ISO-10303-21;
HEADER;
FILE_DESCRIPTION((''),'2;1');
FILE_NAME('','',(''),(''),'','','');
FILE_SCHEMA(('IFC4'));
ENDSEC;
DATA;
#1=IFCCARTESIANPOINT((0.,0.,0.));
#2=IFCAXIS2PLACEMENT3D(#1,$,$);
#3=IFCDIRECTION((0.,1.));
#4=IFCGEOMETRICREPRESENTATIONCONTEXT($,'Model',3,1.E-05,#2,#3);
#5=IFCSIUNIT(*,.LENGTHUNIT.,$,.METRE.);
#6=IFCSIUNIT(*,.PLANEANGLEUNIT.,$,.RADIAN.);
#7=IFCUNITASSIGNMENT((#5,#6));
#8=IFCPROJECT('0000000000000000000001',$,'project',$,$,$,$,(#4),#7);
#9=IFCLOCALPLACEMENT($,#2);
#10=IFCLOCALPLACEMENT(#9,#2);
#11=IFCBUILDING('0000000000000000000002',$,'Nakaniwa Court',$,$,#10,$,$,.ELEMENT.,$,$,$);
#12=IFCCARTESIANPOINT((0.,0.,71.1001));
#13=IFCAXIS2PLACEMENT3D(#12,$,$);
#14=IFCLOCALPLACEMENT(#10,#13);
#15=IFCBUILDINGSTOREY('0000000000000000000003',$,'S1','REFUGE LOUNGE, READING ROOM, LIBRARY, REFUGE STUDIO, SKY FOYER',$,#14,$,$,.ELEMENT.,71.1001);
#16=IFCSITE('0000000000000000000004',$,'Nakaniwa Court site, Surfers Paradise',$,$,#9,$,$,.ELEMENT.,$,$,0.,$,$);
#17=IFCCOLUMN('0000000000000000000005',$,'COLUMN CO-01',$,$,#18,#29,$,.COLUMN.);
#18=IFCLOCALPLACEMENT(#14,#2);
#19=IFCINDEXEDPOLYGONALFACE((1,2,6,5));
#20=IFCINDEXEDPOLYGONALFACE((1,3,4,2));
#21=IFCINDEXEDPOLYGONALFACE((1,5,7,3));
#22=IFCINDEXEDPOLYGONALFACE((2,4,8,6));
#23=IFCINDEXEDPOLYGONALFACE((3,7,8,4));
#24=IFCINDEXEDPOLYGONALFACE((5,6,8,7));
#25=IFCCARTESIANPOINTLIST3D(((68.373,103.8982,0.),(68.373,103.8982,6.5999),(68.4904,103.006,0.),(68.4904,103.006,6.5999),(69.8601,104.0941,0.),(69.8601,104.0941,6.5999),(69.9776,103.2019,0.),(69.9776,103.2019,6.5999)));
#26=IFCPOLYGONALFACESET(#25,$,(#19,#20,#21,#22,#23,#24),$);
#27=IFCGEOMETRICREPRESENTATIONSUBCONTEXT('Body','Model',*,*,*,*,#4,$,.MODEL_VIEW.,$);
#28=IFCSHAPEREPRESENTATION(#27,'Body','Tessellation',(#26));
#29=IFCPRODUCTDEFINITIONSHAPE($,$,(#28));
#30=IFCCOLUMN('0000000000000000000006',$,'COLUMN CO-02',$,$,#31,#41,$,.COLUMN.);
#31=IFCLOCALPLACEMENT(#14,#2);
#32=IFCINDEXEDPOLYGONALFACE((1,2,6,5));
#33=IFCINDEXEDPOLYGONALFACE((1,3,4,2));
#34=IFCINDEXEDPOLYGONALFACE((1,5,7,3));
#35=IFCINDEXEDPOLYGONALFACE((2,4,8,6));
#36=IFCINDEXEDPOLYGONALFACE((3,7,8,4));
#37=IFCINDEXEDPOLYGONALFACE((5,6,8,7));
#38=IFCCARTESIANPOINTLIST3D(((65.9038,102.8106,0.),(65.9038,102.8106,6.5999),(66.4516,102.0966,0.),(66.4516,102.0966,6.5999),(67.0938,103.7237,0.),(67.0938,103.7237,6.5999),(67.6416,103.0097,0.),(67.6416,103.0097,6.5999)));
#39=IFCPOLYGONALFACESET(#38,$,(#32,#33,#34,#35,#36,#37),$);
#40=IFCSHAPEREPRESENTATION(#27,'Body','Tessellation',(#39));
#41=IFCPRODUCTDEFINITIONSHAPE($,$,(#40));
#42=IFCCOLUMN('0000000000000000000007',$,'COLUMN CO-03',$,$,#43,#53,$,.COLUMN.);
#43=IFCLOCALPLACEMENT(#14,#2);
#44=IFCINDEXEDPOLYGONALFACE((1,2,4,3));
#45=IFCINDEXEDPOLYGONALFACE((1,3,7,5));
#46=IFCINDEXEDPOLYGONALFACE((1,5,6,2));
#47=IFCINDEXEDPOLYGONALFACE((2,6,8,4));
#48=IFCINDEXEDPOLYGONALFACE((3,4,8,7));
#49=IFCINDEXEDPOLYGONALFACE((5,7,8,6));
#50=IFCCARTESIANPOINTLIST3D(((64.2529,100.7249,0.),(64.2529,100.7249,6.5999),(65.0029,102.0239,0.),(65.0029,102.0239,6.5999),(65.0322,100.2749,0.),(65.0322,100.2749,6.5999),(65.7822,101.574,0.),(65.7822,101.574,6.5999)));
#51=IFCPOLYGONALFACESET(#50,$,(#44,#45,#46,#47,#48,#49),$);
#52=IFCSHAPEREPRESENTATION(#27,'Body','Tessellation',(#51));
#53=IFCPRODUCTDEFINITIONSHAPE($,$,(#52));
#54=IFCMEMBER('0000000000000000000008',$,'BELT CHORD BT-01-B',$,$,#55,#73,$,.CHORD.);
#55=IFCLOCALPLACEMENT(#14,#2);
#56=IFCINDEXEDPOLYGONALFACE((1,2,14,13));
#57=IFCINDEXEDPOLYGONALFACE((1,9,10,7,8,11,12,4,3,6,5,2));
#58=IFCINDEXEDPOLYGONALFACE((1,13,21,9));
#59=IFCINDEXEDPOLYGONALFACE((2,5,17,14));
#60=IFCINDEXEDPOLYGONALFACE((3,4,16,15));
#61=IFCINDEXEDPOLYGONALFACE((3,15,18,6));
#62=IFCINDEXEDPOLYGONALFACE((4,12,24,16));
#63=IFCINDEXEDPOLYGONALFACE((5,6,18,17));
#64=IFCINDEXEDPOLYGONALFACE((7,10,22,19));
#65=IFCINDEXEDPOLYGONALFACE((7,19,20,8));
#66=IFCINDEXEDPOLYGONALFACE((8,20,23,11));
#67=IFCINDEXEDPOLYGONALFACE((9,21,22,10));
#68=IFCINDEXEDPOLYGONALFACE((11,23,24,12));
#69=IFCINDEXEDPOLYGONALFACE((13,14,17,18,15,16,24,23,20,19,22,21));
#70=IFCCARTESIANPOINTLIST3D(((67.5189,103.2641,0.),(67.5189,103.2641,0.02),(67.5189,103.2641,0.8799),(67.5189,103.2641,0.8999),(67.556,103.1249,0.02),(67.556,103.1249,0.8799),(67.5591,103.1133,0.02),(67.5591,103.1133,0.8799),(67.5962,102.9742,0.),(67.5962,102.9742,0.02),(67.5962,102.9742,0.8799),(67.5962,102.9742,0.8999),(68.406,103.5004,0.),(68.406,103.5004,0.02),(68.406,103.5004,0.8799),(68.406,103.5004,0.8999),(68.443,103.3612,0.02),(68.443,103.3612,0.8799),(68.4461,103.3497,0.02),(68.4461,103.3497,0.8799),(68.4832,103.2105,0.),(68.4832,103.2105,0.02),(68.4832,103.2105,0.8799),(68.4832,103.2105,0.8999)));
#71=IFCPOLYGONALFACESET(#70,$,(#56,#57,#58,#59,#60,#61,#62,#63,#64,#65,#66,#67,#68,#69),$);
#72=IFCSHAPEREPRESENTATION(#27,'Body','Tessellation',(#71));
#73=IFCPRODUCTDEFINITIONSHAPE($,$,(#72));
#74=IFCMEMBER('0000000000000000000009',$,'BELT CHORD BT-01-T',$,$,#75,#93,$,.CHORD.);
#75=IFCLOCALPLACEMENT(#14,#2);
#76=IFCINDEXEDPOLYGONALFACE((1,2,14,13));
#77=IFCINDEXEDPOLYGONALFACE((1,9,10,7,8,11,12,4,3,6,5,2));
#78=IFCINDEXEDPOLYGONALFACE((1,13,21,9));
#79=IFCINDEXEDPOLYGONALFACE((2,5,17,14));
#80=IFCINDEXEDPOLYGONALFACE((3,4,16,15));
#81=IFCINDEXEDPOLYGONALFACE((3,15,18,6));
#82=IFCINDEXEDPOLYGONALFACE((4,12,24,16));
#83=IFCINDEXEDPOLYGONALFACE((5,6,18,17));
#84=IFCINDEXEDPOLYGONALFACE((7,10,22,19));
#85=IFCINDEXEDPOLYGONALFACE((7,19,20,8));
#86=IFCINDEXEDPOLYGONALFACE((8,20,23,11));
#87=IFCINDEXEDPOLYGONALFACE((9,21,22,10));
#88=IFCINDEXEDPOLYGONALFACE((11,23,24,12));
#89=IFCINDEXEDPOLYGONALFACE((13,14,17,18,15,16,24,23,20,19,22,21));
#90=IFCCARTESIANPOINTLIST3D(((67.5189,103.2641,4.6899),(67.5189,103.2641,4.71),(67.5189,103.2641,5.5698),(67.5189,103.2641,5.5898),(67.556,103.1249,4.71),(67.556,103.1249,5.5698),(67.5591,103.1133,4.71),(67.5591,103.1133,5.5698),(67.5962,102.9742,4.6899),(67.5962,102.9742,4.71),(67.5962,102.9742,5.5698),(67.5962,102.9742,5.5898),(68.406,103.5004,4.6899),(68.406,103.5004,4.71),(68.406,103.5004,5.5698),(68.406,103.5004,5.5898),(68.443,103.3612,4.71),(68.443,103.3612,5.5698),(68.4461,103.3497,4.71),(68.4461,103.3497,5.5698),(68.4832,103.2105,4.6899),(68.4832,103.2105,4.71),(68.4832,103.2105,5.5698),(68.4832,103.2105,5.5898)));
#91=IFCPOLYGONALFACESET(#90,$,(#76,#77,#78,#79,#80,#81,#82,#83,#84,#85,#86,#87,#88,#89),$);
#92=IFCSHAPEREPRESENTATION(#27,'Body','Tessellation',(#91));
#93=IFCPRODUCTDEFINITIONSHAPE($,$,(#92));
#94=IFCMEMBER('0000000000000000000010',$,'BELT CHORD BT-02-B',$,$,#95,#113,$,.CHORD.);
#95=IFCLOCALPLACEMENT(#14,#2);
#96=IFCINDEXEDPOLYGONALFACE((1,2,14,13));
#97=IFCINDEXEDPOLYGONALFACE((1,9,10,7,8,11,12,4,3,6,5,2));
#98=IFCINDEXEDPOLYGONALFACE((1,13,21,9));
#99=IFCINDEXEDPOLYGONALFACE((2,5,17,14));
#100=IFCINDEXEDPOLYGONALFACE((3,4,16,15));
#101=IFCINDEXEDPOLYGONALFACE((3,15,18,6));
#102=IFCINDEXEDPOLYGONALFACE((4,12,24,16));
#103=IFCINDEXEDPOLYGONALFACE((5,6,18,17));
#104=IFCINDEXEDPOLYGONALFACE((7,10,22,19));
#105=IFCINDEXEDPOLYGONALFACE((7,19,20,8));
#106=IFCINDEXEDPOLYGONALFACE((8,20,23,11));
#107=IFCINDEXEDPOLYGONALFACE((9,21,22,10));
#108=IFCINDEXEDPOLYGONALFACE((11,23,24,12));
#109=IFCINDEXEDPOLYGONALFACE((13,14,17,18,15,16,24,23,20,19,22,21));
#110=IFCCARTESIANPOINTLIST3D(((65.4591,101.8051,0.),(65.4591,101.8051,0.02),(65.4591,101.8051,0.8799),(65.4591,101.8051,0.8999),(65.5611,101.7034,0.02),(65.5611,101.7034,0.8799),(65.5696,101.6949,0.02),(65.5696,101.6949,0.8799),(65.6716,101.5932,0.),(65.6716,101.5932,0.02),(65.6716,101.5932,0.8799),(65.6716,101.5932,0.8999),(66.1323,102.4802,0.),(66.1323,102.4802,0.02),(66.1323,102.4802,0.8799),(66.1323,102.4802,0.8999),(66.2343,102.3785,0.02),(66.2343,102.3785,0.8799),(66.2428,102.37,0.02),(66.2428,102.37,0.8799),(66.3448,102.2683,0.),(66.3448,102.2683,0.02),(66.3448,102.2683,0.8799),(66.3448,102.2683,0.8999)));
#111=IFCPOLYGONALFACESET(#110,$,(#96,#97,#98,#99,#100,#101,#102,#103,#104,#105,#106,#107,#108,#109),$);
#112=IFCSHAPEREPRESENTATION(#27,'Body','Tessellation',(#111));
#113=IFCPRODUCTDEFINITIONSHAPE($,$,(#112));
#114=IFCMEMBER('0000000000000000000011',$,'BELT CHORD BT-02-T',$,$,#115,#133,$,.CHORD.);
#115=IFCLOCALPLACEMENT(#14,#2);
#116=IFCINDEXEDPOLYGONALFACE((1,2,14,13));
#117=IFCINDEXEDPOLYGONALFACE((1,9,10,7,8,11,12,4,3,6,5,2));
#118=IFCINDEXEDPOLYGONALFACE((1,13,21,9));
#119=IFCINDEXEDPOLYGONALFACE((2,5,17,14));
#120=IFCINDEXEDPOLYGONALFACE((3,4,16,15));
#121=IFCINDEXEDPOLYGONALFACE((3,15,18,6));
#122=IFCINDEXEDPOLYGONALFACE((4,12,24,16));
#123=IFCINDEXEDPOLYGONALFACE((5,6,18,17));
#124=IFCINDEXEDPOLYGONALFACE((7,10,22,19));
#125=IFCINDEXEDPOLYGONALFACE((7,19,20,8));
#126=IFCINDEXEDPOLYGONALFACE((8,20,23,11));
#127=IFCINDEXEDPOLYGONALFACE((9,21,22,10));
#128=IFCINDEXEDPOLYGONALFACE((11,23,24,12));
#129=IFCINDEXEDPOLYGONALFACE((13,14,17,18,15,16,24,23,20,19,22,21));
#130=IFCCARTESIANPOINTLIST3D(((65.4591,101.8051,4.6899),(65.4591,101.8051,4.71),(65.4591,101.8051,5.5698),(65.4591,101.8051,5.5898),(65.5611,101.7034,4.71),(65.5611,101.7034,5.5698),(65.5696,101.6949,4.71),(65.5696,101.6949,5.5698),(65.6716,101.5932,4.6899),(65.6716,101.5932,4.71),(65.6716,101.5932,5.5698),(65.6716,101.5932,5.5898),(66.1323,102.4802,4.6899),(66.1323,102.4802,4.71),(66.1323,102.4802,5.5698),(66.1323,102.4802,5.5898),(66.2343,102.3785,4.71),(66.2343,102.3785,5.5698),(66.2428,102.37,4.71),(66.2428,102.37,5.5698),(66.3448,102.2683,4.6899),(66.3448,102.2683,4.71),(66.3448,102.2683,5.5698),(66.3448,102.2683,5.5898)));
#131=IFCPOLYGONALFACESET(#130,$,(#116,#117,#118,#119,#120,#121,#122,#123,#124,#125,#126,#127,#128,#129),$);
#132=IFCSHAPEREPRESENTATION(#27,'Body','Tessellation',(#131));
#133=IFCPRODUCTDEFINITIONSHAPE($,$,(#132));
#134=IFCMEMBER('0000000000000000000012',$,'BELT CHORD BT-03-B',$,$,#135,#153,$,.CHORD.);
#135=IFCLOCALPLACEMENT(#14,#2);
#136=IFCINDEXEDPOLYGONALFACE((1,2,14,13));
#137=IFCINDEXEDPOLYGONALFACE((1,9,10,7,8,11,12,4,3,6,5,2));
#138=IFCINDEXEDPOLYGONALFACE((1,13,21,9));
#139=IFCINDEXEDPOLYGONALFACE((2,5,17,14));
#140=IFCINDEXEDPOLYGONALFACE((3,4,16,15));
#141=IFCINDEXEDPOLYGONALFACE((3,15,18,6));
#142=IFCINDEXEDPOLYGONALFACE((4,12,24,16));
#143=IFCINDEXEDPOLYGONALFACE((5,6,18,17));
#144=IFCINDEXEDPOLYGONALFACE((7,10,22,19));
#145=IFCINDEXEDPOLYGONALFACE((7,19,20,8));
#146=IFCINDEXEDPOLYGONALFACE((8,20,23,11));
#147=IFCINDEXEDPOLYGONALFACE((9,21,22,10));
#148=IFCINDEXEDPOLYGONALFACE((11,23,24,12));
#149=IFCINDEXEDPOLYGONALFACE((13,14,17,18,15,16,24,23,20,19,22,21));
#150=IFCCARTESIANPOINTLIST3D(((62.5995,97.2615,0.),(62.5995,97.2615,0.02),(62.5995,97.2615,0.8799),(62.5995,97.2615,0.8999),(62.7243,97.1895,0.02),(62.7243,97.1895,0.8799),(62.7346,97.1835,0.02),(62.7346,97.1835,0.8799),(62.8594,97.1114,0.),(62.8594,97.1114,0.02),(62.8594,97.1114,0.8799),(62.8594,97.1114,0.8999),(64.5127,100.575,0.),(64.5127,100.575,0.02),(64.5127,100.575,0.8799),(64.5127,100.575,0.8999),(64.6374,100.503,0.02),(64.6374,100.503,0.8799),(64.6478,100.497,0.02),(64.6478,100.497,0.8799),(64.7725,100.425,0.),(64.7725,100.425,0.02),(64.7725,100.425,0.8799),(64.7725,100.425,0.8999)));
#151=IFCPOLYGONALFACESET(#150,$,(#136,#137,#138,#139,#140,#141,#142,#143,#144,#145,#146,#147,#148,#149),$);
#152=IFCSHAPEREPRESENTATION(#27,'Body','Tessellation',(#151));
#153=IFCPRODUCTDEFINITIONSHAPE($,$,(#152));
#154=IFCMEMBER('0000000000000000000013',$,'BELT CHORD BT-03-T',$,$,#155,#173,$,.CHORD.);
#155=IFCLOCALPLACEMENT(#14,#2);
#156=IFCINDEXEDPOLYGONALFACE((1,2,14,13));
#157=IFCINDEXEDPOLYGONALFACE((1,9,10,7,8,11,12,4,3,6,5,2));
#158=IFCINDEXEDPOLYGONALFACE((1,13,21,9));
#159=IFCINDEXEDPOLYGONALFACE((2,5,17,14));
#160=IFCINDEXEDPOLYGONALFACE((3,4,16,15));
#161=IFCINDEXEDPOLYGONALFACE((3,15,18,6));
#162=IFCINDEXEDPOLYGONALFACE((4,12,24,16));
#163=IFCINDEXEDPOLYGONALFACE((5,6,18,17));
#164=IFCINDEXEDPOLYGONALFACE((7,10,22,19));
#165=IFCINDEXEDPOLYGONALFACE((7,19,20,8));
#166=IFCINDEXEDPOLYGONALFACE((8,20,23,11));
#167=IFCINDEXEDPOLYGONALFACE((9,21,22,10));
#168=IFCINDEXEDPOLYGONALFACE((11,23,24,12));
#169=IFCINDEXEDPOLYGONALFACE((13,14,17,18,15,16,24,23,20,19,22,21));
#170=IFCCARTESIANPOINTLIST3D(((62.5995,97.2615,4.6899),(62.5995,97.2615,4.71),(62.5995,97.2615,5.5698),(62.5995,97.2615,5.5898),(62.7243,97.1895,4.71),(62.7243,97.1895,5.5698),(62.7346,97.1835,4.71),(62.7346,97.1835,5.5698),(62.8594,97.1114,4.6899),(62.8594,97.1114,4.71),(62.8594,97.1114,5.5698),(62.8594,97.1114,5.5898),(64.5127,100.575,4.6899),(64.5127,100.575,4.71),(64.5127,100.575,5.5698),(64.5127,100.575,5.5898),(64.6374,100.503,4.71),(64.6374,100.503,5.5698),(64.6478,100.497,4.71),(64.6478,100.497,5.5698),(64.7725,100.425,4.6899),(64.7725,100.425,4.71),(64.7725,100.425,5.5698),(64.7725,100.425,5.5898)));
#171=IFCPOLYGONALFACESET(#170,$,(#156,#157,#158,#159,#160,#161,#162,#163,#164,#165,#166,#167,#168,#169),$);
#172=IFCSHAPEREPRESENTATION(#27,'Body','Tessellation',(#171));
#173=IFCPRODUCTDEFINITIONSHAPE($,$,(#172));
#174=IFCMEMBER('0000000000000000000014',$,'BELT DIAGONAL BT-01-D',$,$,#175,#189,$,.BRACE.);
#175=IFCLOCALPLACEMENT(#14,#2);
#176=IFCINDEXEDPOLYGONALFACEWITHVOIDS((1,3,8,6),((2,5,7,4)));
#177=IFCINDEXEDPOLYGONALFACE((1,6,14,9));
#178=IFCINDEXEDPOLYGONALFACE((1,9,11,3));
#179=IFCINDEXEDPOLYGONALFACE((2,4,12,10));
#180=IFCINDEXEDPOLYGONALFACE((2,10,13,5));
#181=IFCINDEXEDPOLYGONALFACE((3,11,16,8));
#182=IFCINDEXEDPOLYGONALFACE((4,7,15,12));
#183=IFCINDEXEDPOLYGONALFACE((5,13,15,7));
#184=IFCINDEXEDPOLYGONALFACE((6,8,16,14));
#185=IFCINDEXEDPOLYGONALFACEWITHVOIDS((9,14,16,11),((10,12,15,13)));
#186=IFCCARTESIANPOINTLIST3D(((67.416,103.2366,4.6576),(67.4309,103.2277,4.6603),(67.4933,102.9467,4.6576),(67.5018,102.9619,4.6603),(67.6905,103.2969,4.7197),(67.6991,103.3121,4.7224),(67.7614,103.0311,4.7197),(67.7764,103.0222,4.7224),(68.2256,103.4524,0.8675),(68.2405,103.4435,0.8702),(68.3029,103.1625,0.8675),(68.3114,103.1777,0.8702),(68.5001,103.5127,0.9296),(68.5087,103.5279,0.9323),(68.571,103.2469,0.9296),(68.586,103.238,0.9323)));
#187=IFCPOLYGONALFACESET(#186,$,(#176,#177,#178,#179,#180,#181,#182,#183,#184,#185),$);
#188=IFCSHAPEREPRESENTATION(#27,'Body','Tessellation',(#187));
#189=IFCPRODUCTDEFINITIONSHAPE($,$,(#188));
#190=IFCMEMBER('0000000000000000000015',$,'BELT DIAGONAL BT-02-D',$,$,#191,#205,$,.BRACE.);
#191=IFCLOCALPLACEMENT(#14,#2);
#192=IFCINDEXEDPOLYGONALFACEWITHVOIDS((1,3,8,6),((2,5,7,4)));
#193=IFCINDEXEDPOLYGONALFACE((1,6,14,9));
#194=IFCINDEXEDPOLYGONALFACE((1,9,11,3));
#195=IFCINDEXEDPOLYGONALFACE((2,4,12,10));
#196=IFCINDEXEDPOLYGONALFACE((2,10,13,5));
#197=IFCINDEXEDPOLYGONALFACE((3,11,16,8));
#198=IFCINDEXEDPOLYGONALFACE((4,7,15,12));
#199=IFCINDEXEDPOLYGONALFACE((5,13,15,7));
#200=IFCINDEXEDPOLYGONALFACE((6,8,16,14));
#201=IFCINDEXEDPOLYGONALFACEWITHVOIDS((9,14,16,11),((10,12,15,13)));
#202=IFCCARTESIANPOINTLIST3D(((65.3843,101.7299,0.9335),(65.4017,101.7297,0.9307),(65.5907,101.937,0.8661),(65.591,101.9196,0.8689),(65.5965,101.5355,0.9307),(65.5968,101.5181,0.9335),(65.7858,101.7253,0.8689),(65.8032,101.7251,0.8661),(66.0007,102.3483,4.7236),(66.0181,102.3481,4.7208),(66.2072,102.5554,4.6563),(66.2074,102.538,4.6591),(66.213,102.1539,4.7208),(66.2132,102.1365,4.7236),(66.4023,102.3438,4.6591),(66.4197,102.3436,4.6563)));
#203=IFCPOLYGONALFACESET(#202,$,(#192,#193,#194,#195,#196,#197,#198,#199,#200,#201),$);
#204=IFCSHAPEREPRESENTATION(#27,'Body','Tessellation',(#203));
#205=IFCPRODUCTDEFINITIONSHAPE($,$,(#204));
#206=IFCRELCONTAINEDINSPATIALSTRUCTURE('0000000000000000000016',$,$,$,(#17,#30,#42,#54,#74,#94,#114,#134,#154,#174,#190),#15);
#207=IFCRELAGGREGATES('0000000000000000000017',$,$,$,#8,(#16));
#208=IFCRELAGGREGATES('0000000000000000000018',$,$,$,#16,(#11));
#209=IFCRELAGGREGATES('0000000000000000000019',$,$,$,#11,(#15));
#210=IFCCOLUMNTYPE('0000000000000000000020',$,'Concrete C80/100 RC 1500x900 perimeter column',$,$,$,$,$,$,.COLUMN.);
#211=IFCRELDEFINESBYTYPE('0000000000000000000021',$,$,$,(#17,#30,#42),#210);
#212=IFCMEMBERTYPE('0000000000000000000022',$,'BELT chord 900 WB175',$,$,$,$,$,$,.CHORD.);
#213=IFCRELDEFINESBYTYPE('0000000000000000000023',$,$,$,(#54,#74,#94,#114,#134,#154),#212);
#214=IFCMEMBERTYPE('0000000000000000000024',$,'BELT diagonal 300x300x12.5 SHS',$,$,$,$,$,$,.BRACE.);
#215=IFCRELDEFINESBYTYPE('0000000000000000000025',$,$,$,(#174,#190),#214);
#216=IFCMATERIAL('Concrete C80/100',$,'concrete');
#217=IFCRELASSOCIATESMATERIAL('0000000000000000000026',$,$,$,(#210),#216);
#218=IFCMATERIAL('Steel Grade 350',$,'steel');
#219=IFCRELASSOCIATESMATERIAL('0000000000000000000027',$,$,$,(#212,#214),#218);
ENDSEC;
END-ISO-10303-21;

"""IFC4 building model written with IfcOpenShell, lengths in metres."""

from ifc_helpers import new_model, si_unit, direction, frame, origin, origin_2d, place, context, subcontext, project, spatial, rectangle, hollow_rectangle, i_section, extrude, material, material_profile, profile_set, type_object, element, save


model = new_model("IFC4")

# Units and contexts
model_context = context("Model", 3, precision=1e-05, world=origin(), true_north=direction((0.0, 1.0)))
body_context = subcontext(model_context, "Body", "Model", "MODEL_VIEW")
ifc_project = project(units=[si_unit("LENGTHUNIT", "METRE"), si_unit("PLANEANGLEUNIT", "RADIAN")], contexts=[model_context])

# Site, building, storey
site_placement = place(None, origin())
site = spatial("IfcSite", under=ifc_project, at=site_placement, Name="Nakaniwa Court site, Surfers Paradise", CompositionType="ELEMENT", RefElevation=0.0)
building_placement = place(site_placement, origin())
building = spatial("IfcBuilding", under=site, at=building_placement, Name="Nakaniwa Court", CompositionType="ELEMENT")
storey_placement = place(building_placement, frame((0.0, 0.0, 71.1001)))
storey = spatial("IfcBuildingStorey", under=building, at=storey_placement, Name="S1", Description="REFUGE LOUNGE, READING ROOM, LIBRARY, REFUGE STUDIO, SKY FOYER", CompositionType="ELEMENT", Elevation=71.1001)

# Columns
ifc_material_1 = material(Name="Concrete C80/100", Category="concrete")
ifc_material_profile_1 = material_profile(ifc_material_1, rectangle(XDim=1.5, YDim=0.8999, at=origin_2d()), Name="Concrete C80/100 RC 1500x900 perimeter column")
ifc_profile_set_1 = profile_set([ifc_material_profile_1], Name="Concrete C80/100")
column_type = type_object("IfcColumnType", Name="Concrete C80/100 RC 1500x900 perimeter column", PredefinedType="COLUMN", material=ifc_profile_set_1)
for number, where, z_axis, x_axis, name in (
    (1, (69.1753, 103.55, 0.0), (0.0, 0.0, 1.0), (-0.991443, -0.130543, 0.0), "COLUMN CO-01"),
    (2, (66.7727, 102.9102, 0.0), (0.0, 0.0, 1.0), (-0.793364, -0.608748, 0.0), "COLUMN CO-02"),
    (3, (65.0176, 101.1494, 0.0), (0.0, 0.0, 1.0), (-0.5, -0.866025, 0.0), "COLUMN CO-03"),
):
    element("IfcColumn", number, at=place(storey_placement, frame(where, z_axis=z_axis, x_axis=x_axis)), inside=storey, type_object=column_type, Name=name, PredefinedType="COLUMN", context=body_context, shape_type="SweptSolid", body=[
        extrude(rectangle(XDim=1.5, YDim=0.8999, at=origin_2d()), origin(), (0.0, 0.0, 1.0), 6.5999),
    ])

# Members
ifc_material_2 = material(Name="Steel Grade 350", Category="steel")
ifc_material_profile_2 = material_profile(ifc_material_2, i_section(OverallWidth=0.3, OverallDepth=0.8999, WebThickness=0.012, FlangeThickness=0.02, at=origin_2d()), Name="900WB175")
ifc_profile_set_2 = profile_set([ifc_material_profile_2], Name="Steel Grade 350")
member_type_1 = type_object("IfcMemberType", Name="BELT chord 900 WB175", PredefinedType="CHORD", material=ifc_profile_set_2)
for number, where, z_axis, x_axis, name in (
    (4, (68.4446, 103.3555, 0.45), (-0.966288, -0.257464, 0.0), (0.257464, -0.966288, 0.0), "BELT CHORD BT-01-B"),
    (5, (68.4446, 103.3555, 5.1399), (-0.966288, -0.257464, 0.0), (0.257464, -0.966288, 0.0), "BELT CHORD BT-01-T"),
):
    element("IfcMember", number, at=place(storey_placement, frame(where, z_axis=z_axis, x_axis=x_axis)), inside=storey, type_object=member_type_1, Name=name, PredefinedType="CHORD", context=body_context, shape_type="SweptSolid", body=[
        extrude(i_section(OverallWidth=0.3, OverallDepth=0.8999, WebThickness=0.012, FlangeThickness=0.02, at=origin_2d()), origin(), (0.0, 0.0, 1.0), 0.918),
    ])
for number, where, z_axis, x_axis, name in (
    (6, (66.2385, 102.3743, 0.45), (-0.706082, -0.70813, 0.0), (0.70813, -0.706082, 0.0), "BELT CHORD BT-02-B"),
    (7, (66.2385, 102.3743, 5.1399), (-0.706082, -0.70813, 0.0), (0.70813, -0.706082, 0.0), "BELT CHORD BT-02-T"),
):
    element("IfcMember", number, at=place(storey_placement, frame(where, z_axis=z_axis, x_axis=x_axis)), inside=storey, type_object=member_type_1, Name=name, PredefinedType="CHORD", context=body_context, shape_type="SweptSolid", body=[
        extrude(i_section(OverallWidth=0.3, OverallDepth=0.8999, WebThickness=0.012, FlangeThickness=0.02, at=origin_2d()), origin(), (0.0, 0.0, 1.0), 0.9534),
    ])
for number, where, z_axis, x_axis, name in (
    (8, (64.6426, 100.5, 0.45), (-0.50001, -0.86602, 0.0), (0.86602, -0.50001, 0.0), "BELT CHORD BT-03-B"),
    (9, (64.6426, 100.5, 5.1399), (-0.50001, -0.86602, 0.0), (0.86602, -0.50001, 0.0), "BELT CHORD BT-03-T"),
):
    element("IfcMember", number, at=place(storey_placement, frame(where, z_axis=z_axis, x_axis=x_axis)), inside=storey, type_object=member_type_1, Name=name, PredefinedType="CHORD", context=body_context, shape_type="SweptSolid", body=[
        extrude(i_section(OverallWidth=0.3, OverallDepth=0.8999, WebThickness=0.012, FlangeThickness=0.02, at=origin_2d()), origin(), (0.0, 0.0, 1.0), 3.8262),
    ])
ifc_material_profile_3 = material_profile(ifc_material_2, hollow_rectangle(XDim=0.3, YDim=0.3, WallThickness=0.0125, at=origin_2d()), Name="BELT diagonal 300x300x12.5 SHS")
ifc_profile_set_3 = profile_set([ifc_material_profile_3], Name="Steel Grade 350")
member_type_2 = type_object("IfcMemberType", Name="BELT diagonal 300x300x12.5 SHS", PredefinedType="BRACE", material=ifc_profile_set_3)
member_1_placement = place(storey_placement, frame((68.4058, 103.3452, 0.8999), z_axis=(-0.208569, -0.055602, 0.976426), x_axis=(0.25759, -0.966254, 0.0)))
element("IfcMember", 10, at=member_1_placement, inside=storey, type_object=member_type_2, Name="BELT DIAGONAL BT-01-D", PredefinedType="BRACE", context=body_context, shape_type="SweptSolid", body=[
    extrude(hollow_rectangle(XDim=0.3, YDim=0.3, WallThickness=0.0125, at=origin_2d()), origin(), (0.0, 0.0, 1.0), 3.8816),
])
member_2_placement = place(storey_placement, frame((66.2102, 102.3459, 4.6899), z_axis=(-0.158499, -0.159001, -0.974472), x_axis=(0.708224, -0.705988, 0.0)))
element("IfcMember", 11, at=member_2_placement, inside=storey, type_object=member_type_2, Name="BELT DIAGONAL BT-02-D", PredefinedType="BRACE", context=body_context, shape_type="SweptSolid", body=[
    extrude(hollow_rectangle(XDim=0.3, YDim=0.3, WallThickness=0.0125, at=origin_2d()), origin(), (0.0, 0.0, 1.0), 3.8894),
])

save(model, "model.ifc")
